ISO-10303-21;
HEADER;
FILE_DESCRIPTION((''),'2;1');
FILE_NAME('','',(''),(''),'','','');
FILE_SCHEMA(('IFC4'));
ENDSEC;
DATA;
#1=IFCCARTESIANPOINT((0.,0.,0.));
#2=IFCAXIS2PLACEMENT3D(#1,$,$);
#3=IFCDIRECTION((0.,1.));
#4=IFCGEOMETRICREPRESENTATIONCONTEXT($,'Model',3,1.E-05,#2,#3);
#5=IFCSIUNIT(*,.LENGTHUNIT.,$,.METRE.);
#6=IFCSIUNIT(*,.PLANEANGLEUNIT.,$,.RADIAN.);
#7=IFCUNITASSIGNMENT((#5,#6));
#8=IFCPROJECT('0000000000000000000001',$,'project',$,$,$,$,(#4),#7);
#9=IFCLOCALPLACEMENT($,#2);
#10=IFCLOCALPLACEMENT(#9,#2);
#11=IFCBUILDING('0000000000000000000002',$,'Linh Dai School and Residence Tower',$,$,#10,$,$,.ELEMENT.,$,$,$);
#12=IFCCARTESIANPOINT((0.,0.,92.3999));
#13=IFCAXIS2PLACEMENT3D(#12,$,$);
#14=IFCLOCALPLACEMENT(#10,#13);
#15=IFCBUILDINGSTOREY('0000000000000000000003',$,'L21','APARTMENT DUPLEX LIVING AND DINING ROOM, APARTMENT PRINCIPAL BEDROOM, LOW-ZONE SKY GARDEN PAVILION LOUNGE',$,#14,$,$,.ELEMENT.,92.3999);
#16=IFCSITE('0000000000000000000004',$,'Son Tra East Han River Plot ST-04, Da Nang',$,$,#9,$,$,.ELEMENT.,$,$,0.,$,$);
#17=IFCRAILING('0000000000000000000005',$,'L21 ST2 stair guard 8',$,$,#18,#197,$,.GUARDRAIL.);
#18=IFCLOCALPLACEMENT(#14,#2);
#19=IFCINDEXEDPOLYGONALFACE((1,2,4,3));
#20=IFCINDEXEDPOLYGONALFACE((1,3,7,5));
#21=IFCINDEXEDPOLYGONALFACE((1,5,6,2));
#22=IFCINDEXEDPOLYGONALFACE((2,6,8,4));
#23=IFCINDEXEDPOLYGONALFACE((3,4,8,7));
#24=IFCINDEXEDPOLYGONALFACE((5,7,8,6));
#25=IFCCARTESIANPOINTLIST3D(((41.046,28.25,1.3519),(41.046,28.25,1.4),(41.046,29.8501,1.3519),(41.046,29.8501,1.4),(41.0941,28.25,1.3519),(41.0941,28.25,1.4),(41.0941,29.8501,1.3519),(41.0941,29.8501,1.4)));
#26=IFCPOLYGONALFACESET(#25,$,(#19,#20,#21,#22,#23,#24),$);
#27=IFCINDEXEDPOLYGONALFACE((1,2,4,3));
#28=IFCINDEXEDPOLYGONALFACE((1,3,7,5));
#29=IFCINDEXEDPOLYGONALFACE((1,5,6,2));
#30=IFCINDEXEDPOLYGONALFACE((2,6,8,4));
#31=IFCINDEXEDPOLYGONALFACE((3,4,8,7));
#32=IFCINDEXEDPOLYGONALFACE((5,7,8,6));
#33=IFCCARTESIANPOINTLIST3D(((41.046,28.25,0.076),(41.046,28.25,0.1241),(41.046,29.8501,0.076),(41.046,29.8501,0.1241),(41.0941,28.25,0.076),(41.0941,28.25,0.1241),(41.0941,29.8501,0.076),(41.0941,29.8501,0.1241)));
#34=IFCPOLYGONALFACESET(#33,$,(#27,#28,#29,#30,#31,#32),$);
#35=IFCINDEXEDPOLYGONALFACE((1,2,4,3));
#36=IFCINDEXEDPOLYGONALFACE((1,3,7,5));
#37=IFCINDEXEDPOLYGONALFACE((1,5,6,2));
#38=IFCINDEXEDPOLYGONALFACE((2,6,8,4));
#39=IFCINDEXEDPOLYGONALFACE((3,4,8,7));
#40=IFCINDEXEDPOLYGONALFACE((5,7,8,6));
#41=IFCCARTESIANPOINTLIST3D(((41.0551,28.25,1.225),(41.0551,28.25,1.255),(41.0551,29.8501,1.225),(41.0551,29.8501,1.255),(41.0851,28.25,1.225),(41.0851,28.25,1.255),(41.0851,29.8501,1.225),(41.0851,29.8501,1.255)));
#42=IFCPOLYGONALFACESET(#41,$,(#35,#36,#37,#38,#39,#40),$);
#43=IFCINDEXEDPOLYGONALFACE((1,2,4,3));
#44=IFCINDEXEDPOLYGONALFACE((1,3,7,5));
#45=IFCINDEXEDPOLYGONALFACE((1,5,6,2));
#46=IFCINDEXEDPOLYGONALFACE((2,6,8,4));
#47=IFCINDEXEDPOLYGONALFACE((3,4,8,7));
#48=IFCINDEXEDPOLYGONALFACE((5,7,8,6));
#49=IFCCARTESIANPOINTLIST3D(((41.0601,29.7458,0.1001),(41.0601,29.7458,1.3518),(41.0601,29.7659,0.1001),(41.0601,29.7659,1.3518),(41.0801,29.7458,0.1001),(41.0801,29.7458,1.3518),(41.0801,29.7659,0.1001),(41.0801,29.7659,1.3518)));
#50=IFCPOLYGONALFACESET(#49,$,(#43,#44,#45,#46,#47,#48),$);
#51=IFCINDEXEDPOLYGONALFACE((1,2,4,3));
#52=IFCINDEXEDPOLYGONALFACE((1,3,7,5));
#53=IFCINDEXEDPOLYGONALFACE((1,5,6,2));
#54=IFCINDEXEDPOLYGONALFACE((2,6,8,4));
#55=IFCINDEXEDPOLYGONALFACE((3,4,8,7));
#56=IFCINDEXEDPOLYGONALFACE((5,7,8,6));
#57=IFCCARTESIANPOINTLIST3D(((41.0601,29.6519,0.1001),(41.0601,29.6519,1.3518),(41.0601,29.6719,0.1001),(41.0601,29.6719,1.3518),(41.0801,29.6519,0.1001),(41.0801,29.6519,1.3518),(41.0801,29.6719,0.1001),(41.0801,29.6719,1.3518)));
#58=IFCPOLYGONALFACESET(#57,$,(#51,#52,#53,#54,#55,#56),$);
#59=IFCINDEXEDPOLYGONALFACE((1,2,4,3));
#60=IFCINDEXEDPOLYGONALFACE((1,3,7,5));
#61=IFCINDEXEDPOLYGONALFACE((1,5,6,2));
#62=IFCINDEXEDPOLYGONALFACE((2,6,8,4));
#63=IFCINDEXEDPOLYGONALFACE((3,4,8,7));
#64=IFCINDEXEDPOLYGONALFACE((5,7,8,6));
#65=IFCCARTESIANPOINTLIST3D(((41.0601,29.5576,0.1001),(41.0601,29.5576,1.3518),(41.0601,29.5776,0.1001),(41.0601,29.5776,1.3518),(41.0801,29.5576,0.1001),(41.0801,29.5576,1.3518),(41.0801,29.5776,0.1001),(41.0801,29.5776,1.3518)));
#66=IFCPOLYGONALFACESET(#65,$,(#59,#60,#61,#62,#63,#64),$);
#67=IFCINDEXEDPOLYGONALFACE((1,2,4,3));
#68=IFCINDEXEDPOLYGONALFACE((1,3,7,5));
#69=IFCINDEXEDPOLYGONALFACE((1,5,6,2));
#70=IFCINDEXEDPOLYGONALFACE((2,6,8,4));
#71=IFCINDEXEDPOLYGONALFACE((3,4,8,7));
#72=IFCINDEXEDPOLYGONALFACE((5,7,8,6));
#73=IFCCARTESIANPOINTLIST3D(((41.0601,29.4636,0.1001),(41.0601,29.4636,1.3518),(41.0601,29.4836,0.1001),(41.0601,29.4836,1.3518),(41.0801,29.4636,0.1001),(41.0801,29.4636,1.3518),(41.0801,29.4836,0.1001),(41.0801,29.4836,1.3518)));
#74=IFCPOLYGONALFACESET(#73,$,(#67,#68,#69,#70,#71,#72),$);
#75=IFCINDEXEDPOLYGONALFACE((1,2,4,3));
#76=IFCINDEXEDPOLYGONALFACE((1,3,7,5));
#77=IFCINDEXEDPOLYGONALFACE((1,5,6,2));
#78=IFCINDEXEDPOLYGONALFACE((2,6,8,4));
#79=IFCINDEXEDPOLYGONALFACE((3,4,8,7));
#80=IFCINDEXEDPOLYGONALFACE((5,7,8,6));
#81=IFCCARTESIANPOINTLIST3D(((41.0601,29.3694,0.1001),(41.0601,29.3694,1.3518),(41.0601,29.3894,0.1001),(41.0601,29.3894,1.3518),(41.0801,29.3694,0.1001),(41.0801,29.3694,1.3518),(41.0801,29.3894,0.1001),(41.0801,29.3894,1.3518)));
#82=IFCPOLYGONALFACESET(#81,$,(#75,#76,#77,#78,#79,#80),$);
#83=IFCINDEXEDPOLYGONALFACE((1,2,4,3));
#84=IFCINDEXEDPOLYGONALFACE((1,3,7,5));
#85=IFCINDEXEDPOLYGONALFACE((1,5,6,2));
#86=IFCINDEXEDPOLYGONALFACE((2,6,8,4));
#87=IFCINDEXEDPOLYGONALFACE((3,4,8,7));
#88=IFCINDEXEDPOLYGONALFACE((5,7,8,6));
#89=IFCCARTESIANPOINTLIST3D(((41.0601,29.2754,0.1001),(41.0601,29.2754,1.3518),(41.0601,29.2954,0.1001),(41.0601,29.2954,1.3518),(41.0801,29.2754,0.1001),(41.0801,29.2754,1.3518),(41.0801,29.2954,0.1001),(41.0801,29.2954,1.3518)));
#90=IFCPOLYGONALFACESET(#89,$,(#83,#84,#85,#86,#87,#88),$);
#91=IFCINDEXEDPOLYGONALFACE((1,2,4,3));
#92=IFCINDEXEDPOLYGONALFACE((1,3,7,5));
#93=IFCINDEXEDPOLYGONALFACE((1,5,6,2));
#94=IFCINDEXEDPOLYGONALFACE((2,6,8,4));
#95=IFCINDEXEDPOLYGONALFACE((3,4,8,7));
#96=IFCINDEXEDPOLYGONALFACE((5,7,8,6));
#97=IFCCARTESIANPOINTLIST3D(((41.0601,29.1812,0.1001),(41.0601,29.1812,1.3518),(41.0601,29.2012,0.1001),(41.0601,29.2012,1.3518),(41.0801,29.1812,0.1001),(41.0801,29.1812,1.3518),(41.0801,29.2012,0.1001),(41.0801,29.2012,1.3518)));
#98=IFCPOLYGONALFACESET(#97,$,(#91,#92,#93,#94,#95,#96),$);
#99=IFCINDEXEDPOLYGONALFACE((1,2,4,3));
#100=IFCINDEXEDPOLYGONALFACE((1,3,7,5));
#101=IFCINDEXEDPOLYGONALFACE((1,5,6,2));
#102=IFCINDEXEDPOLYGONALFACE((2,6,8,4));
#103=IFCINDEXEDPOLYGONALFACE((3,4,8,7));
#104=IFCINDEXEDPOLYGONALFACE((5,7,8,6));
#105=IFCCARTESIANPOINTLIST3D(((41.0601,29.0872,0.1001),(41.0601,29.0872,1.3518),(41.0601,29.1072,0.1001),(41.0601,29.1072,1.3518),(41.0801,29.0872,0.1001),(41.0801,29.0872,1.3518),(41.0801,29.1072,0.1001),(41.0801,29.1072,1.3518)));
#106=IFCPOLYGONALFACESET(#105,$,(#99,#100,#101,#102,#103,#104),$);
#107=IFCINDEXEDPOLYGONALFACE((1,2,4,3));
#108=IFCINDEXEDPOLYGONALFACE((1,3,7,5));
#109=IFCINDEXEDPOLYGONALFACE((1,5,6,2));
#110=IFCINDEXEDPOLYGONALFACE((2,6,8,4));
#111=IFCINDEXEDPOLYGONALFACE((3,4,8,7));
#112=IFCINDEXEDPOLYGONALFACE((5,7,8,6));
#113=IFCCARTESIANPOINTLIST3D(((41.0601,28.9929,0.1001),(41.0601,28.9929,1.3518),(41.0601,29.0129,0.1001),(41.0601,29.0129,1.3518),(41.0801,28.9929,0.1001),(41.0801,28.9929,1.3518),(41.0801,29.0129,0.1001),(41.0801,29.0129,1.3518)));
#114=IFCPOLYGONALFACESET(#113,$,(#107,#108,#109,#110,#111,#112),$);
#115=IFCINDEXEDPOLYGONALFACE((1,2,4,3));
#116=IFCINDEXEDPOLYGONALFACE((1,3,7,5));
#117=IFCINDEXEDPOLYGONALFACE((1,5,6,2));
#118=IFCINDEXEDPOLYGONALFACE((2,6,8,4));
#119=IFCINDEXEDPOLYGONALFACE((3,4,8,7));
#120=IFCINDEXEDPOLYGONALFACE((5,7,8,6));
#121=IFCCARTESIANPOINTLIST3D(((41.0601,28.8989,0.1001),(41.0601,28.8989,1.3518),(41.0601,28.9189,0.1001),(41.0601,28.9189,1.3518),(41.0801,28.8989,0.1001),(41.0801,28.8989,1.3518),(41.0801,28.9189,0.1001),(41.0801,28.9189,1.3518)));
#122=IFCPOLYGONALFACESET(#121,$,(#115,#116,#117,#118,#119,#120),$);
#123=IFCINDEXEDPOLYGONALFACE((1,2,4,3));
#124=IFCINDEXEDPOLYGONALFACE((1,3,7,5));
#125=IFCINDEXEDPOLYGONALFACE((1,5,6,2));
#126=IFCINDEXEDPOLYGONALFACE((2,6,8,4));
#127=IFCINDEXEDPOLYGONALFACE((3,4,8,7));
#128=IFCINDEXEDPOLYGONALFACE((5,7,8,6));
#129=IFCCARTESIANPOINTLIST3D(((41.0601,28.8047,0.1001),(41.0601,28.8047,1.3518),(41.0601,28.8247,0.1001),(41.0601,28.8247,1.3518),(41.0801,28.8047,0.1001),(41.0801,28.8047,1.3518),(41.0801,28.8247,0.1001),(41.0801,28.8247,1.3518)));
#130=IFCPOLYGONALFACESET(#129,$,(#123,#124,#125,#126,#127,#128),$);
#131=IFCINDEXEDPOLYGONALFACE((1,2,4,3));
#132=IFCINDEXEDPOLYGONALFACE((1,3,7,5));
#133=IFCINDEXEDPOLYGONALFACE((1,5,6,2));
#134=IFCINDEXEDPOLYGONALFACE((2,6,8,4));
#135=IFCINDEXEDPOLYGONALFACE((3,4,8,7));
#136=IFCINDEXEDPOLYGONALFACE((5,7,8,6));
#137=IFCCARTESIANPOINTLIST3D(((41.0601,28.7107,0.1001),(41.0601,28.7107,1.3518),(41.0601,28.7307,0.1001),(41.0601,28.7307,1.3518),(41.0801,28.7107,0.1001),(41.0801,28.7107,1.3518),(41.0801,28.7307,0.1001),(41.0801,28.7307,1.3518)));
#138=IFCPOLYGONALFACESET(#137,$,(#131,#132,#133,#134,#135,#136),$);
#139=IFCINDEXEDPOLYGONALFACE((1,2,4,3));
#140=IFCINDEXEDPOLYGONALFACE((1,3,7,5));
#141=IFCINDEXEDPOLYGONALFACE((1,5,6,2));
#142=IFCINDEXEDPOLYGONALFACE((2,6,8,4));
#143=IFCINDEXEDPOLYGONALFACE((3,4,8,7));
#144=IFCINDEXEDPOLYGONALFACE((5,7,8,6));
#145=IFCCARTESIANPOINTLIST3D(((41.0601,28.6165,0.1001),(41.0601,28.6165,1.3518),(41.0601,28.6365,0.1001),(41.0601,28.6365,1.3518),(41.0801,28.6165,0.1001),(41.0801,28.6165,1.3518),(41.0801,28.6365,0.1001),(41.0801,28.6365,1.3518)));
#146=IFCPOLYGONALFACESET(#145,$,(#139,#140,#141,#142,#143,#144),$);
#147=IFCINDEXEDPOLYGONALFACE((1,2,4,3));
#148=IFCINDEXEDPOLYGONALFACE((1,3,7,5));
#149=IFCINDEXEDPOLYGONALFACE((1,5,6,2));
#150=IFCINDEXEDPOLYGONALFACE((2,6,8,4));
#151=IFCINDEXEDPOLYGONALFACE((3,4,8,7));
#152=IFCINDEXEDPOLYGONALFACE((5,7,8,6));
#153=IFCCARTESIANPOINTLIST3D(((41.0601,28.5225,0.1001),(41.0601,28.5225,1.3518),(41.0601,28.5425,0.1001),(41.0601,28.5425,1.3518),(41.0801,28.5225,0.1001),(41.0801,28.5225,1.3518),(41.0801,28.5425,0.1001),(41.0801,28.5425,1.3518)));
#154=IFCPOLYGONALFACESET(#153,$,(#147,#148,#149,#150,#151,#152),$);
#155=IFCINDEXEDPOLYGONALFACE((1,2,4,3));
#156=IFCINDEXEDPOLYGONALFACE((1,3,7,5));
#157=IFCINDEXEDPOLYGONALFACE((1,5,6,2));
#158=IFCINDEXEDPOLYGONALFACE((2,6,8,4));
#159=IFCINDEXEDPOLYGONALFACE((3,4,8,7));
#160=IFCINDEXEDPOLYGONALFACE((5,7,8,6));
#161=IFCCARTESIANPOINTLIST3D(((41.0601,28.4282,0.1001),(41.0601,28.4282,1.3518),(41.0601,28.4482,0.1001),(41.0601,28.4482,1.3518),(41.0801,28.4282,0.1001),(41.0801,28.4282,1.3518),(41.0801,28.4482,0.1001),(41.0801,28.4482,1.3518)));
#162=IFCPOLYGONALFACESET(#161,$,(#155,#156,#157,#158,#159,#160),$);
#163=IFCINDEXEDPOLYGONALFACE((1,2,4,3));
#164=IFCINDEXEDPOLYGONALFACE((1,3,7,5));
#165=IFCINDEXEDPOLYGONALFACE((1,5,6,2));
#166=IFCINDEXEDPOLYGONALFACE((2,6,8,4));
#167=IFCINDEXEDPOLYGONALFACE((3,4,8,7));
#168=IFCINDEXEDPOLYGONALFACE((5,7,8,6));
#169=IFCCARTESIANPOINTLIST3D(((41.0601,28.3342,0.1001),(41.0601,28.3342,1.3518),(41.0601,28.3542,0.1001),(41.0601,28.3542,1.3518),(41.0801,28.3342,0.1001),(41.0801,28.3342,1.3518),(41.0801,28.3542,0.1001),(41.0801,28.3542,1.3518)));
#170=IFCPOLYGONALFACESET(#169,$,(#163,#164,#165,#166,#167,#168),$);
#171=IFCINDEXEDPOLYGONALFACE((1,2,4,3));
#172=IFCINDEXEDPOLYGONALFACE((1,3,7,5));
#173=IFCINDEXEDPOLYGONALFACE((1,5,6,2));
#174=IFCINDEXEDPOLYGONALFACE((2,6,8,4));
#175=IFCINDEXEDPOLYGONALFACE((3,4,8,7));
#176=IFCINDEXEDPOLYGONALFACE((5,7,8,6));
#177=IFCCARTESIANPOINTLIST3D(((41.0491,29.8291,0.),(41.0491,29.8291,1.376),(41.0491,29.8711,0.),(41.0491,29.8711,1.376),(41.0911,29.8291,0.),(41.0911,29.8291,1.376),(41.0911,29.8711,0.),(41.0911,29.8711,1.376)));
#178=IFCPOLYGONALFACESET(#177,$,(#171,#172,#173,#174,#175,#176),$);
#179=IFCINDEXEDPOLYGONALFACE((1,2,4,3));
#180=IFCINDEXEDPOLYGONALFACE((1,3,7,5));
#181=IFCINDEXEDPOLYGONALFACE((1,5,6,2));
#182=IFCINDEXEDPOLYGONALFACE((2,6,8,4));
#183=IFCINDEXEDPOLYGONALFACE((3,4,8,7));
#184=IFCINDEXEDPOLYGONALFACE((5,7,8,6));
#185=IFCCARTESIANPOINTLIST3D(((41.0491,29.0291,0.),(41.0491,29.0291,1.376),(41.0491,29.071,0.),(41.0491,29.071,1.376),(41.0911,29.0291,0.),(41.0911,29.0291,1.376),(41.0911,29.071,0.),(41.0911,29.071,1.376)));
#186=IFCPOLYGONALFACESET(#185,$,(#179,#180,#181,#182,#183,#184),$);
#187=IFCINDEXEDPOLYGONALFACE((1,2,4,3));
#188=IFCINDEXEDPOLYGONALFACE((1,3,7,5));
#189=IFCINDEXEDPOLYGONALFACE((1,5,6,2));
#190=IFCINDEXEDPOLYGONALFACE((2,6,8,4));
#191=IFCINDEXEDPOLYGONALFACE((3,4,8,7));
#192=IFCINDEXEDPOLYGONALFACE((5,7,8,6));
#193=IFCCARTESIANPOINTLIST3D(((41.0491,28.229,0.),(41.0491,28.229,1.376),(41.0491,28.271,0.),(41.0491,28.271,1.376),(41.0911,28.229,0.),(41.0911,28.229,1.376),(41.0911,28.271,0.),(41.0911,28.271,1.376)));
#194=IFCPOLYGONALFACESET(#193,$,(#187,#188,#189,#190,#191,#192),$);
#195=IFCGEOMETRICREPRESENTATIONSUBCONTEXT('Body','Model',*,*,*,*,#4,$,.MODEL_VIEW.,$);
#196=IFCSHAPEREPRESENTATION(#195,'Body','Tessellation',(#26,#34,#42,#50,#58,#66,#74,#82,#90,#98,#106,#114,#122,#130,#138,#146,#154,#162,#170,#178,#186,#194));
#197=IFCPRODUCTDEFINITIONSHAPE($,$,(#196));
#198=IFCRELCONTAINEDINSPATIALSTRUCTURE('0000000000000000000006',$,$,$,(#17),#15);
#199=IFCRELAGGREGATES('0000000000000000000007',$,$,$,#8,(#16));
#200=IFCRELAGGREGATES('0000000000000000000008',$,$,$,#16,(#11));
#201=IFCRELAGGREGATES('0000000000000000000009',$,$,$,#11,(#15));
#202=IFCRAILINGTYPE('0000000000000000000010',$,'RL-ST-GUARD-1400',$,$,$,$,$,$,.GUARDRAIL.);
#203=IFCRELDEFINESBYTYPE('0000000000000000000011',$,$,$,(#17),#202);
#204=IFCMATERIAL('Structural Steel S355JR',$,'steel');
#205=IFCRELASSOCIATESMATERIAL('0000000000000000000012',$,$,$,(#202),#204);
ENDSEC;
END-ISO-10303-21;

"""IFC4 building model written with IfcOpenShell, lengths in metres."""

from ifc_helpers import new_model, si_unit, direction, frame, origin, origin_2d, place, context, subcontext, project, spatial, rectangle, extrude, source, transform, mapped, material, type_object, element, save


model = new_model("IFC4")

# Units and contexts
model_context = context("Model", 3, precision=1e-05, world=origin(), true_north=direction((0.0, 1.0)))
body_context = subcontext(model_context, "Body", "Model", "MODEL_VIEW")
ifc_project = project(units=[si_unit("LENGTHUNIT", "METRE"), si_unit("PLANEANGLEUNIT", "RADIAN")], contexts=[model_context])

# Site, building, storey
site_placement = place(None, origin())
site = spatial("IfcSite", under=ifc_project, at=site_placement, Name="Son Tra East Han River Plot ST-04, Da Nang", CompositionType="ELEMENT", RefElevation=0.0)
building_placement = place(site_placement, origin())
building = spatial("IfcBuilding", under=site, at=building_placement, Name="Linh Dai School and Residence Tower", CompositionType="ELEMENT")
storey_placement = place(building_placement, frame((0.0, 0.0, 92.3999)))
storey = spatial("IfcBuildingStorey", under=building, at=storey_placement, Name="L21", Description="APARTMENT DUPLEX LIVING AND DINING ROOM, APARTMENT PRINCIPAL BEDROOM, LOW-ZONE SKY GARDEN PAVILION LOUNGE", CompositionType="ELEMENT", Elevation=92.3999)

# Shared definitions
ifc_material_1 = material(Name="Structural Steel S355JR", Category="steel")

# Railing
railing_type_1 = type_object("IfcRailingType", Name="RL-ST-GUARD-1400", PredefinedType="GUARDRAIL", material=ifc_material_1)
shared_shape_1 = source(origin(), body_context, "Body", "SweptSolid", [
    extrude(rectangle(XDim=0.0481, YDim=0.0481, at=origin_2d()), frame((0.0, 0.0, 1.376), z_axis=(0.0, -1.0, 0.0), x_axis=(1.0, 0.0, 0.0)), (0.0, 0.0, 1.0), 1.6001),
    extrude(rectangle(XDim=0.0481, YDim=0.0481, at=origin_2d()), frame((0.0, 0.0, 0.1001), z_axis=(0.0, -1.0, 0.0), x_axis=(1.0, 0.0, 0.0)), (0.0, 0.0, 1.0), 1.6001),
    extrude(rectangle(XDim=0.03, YDim=0.03, at=origin_2d()), frame((0.0, 0.0, 1.24), z_axis=(0.0, -1.0, 0.0), x_axis=(1.0, 0.0, 0.0)), (0.0, 0.0, 1.0), 1.6001),
    extrude(rectangle(XDim=0.02, YDim=0.02, at=origin_2d()), frame((0.0, -0.0942, 0.1001)), (0.0, 0.0, 1.0), 1.2517),
    extrude(rectangle(XDim=0.02, YDim=0.02, at=origin_2d()), frame((0.0, -0.1882, 0.1001)), (0.0, 0.0, 1.0), 1.2517),
    extrude(rectangle(XDim=0.02, YDim=0.02, at=origin_2d()), frame((0.0, -0.2825, 0.1001)), (0.0, 0.0, 1.0), 1.2517),
    extrude(rectangle(XDim=0.02, YDim=0.02, at=origin_2d()), frame((0.0, -0.3765, 0.1001)), (0.0, 0.0, 1.0), 1.2517),
    extrude(rectangle(XDim=0.02, YDim=0.02, at=origin_2d()), frame((0.0, -0.4707, 0.1001)), (0.0, 0.0, 1.0), 1.2517),
    extrude(rectangle(XDim=0.02, YDim=0.02, at=origin_2d()), frame((0.0, -0.5647, 0.1001)), (0.0, 0.0, 1.0), 1.2517),
    extrude(rectangle(XDim=0.02, YDim=0.02, at=origin_2d()), frame((0.0, -0.6589, 0.1001)), (0.0, 0.0, 1.0), 1.2517),
    extrude(rectangle(XDim=0.02, YDim=0.02, at=origin_2d()), frame((0.0, -0.7529, 0.1001)), (0.0, 0.0, 1.0), 1.2517),
    extrude(rectangle(XDim=0.02, YDim=0.02, at=origin_2d()), frame((0.0, -0.8472, 0.1001)), (0.0, 0.0, 1.0), 1.2517),
    extrude(rectangle(XDim=0.02, YDim=0.02, at=origin_2d()), frame((0.0, -0.9412, 0.1001)), (0.0, 0.0, 1.0), 1.2517),
    extrude(rectangle(XDim=0.02, YDim=0.02, at=origin_2d()), frame((0.0, -1.0354, 0.1001)), (0.0, 0.0, 1.0), 1.2517),
    extrude(rectangle(XDim=0.02, YDim=0.02, at=origin_2d()), frame((0.0, -1.1294, 0.1001)), (0.0, 0.0, 1.0), 1.2517),
    extrude(rectangle(XDim=0.02, YDim=0.02, at=origin_2d()), frame((0.0, -1.2236, 0.1001)), (0.0, 0.0, 1.0), 1.2517),
    extrude(rectangle(XDim=0.02, YDim=0.02, at=origin_2d()), frame((0.0, -1.3176, 0.1001)), (0.0, 0.0, 1.0), 1.2517),
    extrude(rectangle(XDim=0.02, YDim=0.02, at=origin_2d()), frame((0.0, -1.4119, 0.1001)), (0.0, 0.0, 1.0), 1.2517),
    extrude(rectangle(XDim=0.02, YDim=0.02, at=origin_2d()), frame((0.0, -1.5059, 0.1001)), (0.0, 0.0, 1.0), 1.2517),
    extrude(rectangle(XDim=0.042, YDim=0.042, at=origin_2d()), origin(), (0.0, 0.0, 1.0), 1.376),
    extrude(rectangle(XDim=0.042, YDim=0.042, at=origin_2d()), frame((0.0, -0.8, 0.0)), (0.0, 0.0, 1.0), 1.376),
    extrude(rectangle(XDim=0.042, YDim=0.042, at=origin_2d()), frame((0.0, -1.6001, 0.0)), (0.0, 0.0, 1.0), 1.376),
])
railing_1_placement = place(storey_placement, frame((41.0701, 29.8501, 0.0)))
element("IfcRailing", 1, at=railing_1_placement, inside=storey, type_object=railing_type_1, Name="L21 ST2 stair guard 8", PredefinedType="GUARDRAIL", context=body_context, shape_type="MappedRepresentation", body=[
    mapped(shared_shape_1, transform((0.0, 0.0, 0.0), x_axis=(1.0, 0.0, 0.0), y_axis=(0.0, 1.0, 0.0), z_axis=(0.0, 0.0, 1.0), scale=1.0)),
])

save(model, "model.ifc")
